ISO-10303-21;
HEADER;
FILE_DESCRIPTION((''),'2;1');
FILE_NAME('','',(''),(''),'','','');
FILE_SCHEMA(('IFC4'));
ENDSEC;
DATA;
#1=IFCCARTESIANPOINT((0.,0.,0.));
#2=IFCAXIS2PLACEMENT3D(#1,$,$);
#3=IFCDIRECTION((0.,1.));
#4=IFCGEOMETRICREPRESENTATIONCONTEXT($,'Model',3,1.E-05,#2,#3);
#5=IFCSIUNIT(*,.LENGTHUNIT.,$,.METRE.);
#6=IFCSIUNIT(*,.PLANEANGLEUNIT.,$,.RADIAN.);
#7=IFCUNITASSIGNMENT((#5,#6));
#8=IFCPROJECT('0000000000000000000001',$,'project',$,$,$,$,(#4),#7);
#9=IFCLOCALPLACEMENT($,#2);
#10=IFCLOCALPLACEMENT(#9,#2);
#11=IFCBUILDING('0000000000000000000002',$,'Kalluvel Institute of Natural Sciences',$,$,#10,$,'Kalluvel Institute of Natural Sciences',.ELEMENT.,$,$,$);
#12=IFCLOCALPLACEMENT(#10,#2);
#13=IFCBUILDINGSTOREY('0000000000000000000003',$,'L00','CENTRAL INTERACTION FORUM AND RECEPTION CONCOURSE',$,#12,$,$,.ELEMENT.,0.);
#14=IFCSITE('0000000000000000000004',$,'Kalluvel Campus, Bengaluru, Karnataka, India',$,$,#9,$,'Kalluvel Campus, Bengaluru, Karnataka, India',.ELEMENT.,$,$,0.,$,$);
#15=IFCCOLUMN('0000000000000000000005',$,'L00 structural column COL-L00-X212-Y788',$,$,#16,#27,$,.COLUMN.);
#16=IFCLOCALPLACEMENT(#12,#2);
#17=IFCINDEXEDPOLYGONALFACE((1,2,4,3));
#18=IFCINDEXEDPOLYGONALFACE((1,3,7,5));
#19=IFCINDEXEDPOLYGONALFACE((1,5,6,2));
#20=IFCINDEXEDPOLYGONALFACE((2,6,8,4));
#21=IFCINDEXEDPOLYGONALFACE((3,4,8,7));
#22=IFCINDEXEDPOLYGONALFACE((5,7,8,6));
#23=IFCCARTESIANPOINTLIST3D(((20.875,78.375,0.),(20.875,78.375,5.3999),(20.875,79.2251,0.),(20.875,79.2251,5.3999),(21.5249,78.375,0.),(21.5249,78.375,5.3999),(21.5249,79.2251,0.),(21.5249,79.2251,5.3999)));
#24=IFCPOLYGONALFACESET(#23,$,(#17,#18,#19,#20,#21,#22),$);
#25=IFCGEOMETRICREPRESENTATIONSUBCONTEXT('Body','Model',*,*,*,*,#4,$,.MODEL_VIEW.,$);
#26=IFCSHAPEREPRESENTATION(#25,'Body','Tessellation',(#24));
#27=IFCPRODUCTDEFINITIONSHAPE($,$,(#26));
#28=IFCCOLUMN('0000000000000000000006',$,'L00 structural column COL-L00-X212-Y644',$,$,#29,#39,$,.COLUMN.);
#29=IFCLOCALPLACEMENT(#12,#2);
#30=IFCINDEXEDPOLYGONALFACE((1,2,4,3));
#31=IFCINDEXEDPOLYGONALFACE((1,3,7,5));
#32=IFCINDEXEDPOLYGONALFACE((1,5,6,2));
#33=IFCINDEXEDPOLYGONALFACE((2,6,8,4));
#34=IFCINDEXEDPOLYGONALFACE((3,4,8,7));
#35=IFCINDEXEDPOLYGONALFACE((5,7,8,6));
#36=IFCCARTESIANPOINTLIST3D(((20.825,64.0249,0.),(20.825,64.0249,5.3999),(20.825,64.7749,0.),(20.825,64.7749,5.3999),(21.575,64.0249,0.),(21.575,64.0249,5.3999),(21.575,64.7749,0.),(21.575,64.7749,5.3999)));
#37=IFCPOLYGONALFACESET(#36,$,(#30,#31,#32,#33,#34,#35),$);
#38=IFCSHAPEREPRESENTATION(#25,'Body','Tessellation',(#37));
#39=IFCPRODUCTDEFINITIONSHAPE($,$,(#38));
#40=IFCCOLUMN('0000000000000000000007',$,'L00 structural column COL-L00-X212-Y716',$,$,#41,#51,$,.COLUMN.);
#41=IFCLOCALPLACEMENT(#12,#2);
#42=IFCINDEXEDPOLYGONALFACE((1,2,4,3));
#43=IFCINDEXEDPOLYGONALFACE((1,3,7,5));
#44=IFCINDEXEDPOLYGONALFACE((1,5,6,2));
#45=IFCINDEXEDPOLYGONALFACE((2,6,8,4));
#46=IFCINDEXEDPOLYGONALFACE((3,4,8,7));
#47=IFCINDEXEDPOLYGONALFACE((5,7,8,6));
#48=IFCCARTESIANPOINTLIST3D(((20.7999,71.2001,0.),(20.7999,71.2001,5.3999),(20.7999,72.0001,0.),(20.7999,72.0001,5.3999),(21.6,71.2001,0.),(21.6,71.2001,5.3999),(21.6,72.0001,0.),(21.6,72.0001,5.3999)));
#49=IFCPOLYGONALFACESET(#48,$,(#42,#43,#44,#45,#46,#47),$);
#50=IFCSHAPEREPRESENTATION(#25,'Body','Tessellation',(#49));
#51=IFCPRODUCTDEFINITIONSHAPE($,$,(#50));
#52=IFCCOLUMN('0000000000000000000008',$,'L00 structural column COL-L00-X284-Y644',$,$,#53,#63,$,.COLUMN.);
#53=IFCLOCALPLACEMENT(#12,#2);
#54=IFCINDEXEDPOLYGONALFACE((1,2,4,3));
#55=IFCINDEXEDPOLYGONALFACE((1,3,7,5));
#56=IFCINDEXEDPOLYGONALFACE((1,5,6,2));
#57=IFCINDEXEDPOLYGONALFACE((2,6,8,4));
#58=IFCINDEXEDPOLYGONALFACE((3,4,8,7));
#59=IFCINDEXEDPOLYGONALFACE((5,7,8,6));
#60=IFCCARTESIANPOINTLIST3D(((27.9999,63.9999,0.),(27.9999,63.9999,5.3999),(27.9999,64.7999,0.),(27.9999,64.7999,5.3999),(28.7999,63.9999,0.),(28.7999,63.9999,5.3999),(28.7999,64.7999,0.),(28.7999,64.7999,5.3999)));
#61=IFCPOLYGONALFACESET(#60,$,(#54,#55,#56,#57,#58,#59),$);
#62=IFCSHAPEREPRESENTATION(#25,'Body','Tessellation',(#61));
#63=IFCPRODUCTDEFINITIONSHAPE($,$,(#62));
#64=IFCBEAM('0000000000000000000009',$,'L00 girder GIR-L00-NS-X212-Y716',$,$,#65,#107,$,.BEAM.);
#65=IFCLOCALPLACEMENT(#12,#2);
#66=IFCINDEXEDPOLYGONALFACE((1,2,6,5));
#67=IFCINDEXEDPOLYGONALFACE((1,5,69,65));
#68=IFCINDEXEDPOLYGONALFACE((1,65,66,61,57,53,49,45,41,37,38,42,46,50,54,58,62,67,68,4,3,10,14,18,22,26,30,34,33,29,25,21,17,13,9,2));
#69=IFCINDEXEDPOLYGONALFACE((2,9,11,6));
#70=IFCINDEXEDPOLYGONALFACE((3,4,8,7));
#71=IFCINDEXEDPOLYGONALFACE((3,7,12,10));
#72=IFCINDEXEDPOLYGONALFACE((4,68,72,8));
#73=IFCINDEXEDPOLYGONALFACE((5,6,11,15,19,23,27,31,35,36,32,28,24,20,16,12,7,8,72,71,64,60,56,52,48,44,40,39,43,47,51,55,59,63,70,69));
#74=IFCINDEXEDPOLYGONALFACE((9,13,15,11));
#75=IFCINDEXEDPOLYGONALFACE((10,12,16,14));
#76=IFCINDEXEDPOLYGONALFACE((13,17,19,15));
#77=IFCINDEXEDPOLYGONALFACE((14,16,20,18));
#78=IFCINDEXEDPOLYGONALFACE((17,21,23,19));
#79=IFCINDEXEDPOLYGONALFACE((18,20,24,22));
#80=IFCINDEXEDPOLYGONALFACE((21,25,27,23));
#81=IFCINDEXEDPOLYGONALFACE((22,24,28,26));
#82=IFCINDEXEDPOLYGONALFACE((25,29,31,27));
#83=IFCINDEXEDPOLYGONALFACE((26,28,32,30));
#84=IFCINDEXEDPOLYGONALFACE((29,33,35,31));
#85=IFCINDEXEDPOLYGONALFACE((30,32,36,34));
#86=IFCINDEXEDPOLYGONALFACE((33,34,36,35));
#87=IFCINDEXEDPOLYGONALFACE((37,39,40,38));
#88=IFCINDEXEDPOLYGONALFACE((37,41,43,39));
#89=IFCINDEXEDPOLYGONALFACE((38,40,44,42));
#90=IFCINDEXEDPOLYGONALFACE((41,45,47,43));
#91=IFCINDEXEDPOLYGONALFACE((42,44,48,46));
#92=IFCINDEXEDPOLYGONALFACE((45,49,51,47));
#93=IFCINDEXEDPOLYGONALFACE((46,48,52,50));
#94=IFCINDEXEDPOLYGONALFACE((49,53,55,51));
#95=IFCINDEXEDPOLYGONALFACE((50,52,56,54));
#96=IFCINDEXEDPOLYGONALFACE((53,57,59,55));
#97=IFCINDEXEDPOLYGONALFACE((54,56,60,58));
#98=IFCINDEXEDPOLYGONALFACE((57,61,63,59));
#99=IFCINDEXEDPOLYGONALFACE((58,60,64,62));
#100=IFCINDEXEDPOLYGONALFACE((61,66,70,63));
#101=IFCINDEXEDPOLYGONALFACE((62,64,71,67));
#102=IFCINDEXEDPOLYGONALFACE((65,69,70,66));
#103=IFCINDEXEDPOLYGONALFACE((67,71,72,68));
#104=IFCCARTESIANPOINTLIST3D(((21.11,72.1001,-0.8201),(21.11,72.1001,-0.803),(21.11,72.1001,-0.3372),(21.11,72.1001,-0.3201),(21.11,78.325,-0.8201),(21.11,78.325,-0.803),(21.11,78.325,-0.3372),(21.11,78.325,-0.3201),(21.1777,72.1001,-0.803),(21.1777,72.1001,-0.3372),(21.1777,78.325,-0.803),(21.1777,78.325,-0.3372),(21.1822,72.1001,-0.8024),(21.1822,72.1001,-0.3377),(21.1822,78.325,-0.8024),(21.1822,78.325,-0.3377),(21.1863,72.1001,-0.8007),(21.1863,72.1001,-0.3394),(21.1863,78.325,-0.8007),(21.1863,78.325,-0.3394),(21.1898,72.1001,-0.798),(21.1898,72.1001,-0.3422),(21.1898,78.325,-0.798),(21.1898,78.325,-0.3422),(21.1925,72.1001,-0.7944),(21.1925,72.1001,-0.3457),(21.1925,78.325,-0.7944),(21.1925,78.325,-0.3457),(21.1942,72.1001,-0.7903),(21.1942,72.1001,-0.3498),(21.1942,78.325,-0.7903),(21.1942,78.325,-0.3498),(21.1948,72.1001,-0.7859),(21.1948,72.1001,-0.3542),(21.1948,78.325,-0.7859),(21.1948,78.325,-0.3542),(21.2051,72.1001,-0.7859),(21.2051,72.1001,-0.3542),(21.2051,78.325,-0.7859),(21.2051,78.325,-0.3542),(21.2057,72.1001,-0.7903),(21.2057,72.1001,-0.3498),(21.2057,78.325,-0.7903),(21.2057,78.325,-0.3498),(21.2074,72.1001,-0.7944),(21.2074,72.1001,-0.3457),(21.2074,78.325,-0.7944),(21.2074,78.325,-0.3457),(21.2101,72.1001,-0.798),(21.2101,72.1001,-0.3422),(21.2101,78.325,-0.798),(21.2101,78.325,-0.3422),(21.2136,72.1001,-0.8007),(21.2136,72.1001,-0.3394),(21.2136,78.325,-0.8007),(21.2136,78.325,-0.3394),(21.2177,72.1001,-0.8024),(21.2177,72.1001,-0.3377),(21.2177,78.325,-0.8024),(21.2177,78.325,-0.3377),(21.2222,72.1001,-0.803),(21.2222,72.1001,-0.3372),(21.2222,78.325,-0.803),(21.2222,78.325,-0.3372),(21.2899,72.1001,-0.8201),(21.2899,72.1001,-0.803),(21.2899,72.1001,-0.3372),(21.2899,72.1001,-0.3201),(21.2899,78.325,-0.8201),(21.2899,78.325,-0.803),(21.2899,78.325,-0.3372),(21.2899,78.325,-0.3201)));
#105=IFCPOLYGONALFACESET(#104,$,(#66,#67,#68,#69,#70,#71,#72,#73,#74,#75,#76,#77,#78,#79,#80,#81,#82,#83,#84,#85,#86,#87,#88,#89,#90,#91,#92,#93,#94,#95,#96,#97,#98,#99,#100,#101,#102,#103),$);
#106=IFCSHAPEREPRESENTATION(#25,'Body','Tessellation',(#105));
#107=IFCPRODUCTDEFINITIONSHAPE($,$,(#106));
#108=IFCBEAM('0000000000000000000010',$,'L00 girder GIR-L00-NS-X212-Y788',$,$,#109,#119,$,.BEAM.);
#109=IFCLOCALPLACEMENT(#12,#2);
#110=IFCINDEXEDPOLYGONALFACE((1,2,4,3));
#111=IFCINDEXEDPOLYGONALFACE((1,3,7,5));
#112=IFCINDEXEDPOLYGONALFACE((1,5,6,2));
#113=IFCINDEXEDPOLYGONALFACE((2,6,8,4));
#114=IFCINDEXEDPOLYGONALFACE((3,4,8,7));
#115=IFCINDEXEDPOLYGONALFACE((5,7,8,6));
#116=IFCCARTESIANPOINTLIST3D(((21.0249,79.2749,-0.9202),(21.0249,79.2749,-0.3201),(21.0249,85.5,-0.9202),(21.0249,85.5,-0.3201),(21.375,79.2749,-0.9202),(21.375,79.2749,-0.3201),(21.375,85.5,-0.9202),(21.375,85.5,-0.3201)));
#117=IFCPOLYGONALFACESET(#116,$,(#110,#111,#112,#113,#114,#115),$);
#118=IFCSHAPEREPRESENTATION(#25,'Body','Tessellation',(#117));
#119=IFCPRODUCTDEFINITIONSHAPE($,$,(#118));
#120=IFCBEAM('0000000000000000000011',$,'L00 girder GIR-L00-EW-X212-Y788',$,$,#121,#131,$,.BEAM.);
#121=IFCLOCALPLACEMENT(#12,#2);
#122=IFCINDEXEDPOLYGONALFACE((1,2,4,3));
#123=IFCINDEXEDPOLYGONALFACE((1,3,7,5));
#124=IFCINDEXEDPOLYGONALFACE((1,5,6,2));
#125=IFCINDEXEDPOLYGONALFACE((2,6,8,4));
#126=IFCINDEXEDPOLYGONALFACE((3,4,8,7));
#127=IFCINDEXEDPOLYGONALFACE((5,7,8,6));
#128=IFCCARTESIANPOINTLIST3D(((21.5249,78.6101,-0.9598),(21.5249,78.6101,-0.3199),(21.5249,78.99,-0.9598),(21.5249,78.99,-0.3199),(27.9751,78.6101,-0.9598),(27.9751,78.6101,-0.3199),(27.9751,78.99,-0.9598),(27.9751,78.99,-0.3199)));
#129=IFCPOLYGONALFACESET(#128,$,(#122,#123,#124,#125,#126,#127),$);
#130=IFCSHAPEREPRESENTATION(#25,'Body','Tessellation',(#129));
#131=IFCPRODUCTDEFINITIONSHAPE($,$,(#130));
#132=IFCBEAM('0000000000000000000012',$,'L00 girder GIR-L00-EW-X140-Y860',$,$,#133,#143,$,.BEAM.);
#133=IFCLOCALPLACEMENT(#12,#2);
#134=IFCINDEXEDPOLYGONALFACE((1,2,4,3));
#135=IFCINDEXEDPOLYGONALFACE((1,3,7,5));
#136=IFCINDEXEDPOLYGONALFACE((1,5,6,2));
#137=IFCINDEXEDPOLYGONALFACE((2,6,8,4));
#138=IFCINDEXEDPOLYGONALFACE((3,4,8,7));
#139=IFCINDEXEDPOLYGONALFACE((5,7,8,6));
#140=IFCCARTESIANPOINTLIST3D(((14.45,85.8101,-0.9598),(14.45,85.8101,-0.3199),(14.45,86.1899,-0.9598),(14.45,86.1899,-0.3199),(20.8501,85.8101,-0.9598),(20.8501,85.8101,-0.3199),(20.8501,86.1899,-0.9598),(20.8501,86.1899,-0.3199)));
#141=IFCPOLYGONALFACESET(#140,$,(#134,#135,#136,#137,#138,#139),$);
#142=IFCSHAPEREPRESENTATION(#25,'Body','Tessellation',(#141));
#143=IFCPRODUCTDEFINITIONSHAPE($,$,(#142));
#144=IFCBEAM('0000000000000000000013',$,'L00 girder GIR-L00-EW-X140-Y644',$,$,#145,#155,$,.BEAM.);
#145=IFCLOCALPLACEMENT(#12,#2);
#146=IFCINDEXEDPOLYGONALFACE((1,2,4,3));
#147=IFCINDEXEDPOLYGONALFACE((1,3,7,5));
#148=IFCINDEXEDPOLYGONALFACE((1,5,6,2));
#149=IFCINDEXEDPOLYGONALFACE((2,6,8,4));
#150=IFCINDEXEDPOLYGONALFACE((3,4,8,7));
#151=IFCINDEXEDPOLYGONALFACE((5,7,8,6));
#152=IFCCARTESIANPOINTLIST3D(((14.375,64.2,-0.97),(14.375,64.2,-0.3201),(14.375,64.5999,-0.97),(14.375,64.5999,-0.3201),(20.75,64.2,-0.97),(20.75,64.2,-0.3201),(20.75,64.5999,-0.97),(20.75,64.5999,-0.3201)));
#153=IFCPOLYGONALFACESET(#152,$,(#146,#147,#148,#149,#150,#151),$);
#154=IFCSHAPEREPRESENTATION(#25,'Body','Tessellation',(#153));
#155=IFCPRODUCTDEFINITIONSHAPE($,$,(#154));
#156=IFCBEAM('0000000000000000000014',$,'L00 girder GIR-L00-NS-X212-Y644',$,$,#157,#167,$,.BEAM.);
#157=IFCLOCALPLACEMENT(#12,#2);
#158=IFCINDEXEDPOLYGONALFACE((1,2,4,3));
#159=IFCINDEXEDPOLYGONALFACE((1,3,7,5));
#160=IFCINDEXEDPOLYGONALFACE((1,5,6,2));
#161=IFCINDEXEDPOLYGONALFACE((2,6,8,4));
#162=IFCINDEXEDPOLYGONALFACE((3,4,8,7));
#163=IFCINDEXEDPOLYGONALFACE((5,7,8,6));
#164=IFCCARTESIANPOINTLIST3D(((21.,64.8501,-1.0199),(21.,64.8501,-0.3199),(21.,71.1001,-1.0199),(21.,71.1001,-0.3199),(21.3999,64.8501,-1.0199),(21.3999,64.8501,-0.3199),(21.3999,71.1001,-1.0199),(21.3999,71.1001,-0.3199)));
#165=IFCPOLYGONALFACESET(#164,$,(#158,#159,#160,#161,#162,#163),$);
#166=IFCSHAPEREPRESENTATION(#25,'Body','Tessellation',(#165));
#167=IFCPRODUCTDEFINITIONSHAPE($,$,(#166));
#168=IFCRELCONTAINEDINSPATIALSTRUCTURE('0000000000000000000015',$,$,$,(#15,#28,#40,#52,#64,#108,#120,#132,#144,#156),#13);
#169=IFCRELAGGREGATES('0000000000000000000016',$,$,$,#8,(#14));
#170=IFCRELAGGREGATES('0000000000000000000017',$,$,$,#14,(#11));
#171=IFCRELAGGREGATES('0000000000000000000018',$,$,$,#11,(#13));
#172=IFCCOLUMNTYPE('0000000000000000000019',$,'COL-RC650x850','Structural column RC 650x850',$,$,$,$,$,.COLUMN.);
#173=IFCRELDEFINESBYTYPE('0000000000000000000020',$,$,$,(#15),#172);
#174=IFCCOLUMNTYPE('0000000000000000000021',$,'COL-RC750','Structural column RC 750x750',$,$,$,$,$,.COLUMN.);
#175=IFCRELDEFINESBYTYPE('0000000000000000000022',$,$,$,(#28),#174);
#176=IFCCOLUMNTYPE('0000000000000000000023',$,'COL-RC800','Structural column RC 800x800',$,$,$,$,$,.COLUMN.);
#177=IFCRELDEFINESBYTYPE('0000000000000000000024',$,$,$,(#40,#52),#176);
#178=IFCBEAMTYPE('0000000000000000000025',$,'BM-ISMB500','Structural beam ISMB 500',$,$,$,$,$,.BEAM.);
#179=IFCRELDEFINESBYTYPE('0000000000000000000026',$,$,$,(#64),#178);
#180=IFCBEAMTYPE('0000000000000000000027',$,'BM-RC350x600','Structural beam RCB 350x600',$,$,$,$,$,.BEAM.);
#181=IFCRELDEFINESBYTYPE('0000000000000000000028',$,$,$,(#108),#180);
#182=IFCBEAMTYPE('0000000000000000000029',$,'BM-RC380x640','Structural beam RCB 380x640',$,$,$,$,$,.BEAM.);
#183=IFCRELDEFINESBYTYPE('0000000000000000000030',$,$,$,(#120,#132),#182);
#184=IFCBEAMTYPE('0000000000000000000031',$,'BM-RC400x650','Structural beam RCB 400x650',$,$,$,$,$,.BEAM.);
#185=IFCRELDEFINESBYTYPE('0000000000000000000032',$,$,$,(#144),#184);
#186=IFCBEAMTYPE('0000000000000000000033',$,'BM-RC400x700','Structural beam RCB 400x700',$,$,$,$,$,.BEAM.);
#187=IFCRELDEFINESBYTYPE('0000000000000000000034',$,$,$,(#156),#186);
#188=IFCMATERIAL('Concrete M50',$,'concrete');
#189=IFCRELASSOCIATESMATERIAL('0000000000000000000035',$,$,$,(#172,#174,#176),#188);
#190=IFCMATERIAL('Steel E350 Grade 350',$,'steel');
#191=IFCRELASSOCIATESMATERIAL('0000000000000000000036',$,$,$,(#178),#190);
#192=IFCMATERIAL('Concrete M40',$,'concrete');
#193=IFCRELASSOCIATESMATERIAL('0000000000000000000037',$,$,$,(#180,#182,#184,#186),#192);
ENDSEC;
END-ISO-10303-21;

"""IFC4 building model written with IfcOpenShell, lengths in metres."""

from ifc_helpers import new_model, si_unit, direction, frame, origin, origin_2d, place, context, subcontext, project, spatial, rectangle, i_section, extrude, material, material_profile, profile_set, type_object, element, save


model = new_model("IFC4")

# Units and contexts
model_context = context("Model", 3, precision=1e-05, world=origin(), true_north=direction((0.0, 1.0)))
body_context = subcontext(model_context, "Body", "Model", "MODEL_VIEW")
ifc_project = project(units=[si_unit("LENGTHUNIT", "METRE"), si_unit("PLANEANGLEUNIT", "RADIAN")], contexts=[model_context])

# Site, building, storey
site_placement = place(None, origin())
site = spatial("IfcSite", under=ifc_project, at=site_placement, Name="Kalluvel Campus, Bengaluru, Karnataka, India", LongName="Kalluvel Campus, Bengaluru, Karnataka, India", CompositionType="ELEMENT", RefElevation=0.0)
building_placement = place(site_placement, origin())
building = spatial("IfcBuilding", under=site, at=building_placement, Name="Kalluvel Institute of Natural Sciences", LongName="Kalluvel Institute of Natural Sciences", CompositionType="ELEMENT")
storey_placement = place(building_placement, origin())
storey = spatial("IfcBuildingStorey", under=building, at=storey_placement, Name="L00", Description="CENTRAL INTERACTION FORUM AND RECEPTION CONCOURSE", CompositionType="ELEMENT", Elevation=0.0)

# Columns
ifc_material_1 = material(Name="Concrete M50", Category="concrete")
ifc_material_profile_1 = material_profile(ifc_material_1, rectangle(XDim=0.6499, YDim=0.8501, at=origin_2d()), Name="RC 650x850")
ifc_profile_set_1 = profile_set([ifc_material_profile_1], Name="Concrete M50")
column_type_1 = type_object("IfcColumnType", Name="COL-RC650x850", Description="Structural column RC 650x850", PredefinedType="COLUMN", material=ifc_profile_set_1)
column_1_placement = place(storey_placement, frame((21.2, 78.8, 0.0), z_axis=(0.0, 0.0, 1.0), x_axis=(1.0, 0.0, 0.0)))
element("IfcColumn", 1, at=column_1_placement, inside=storey, type_object=column_type_1, Name="L00 structural column COL-L00-X212-Y788", PredefinedType="COLUMN", context=body_context, shape_type="SweptSolid", body=[
    extrude(rectangle(XDim=0.6499, YDim=0.8501, at=origin_2d()), origin(), (0.0, 0.0, 1.0), 5.3999),
])
ifc_material_profile_2 = material_profile(ifc_material_1, rectangle(XDim=0.75, YDim=0.75, at=origin_2d()), Name="RC 750x750")
ifc_profile_set_2 = profile_set([ifc_material_profile_2], Name="Concrete M50")
column_type_2 = type_object("IfcColumnType", Name="COL-RC750", Description="Structural column RC 750x750", PredefinedType="COLUMN", material=ifc_profile_set_2)
column_2_placement = place(storey_placement, frame((21.2, 64.3999, 0.0), z_axis=(0.0, 0.0, 1.0), x_axis=(1.0, 0.0, 0.0)))
element("IfcColumn", 2, at=column_2_placement, inside=storey, type_object=column_type_2, Name="L00 structural column COL-L00-X212-Y644", PredefinedType="COLUMN", context=body_context, shape_type="SweptSolid", body=[
    extrude(rectangle(XDim=0.75, YDim=0.75, at=origin_2d()), origin(), (0.0, 0.0, 1.0), 5.3999),
])
ifc_material_profile_3 = material_profile(ifc_material_1, rectangle(XDim=0.8, YDim=0.8, at=origin_2d()), Name="RC 800x800")
ifc_profile_set_3 = profile_set([ifc_material_profile_3], Name="Concrete M50")
column_type_3 = type_object("IfcColumnType", Name="COL-RC800", Description="Structural column RC 800x800", PredefinedType="COLUMN", material=ifc_profile_set_3)
for number, where, z_axis, x_axis, name in (
    (3, (21.2, 71.6001, 0.0), (0.0, 0.0, 1.0), (1.0, 0.0, 0.0), "L00 structural column COL-L00-X212-Y716"),
    (4, (28.3999, 64.3999, 0.0), (0.0, 0.0, 1.0), (1.0, 0.0, 0.0), "L00 structural column COL-L00-X284-Y644"),
):
    element("IfcColumn", number, at=place(storey_placement, frame(where, z_axis=z_axis, x_axis=x_axis)), inside=storey, type_object=column_type_3, Name=name, PredefinedType="COLUMN", context=body_context, shape_type="SweptSolid", body=[
        extrude(rectangle(XDim=0.8, YDim=0.8, at=origin_2d()), origin(), (0.0, 0.0, 1.0), 5.3999),
    ])

# Beams
ifc_material_2 = material(Name="Steel E350 Grade 350", Category="steel")
ifc_material_profile_4 = material_profile(ifc_material_2, i_section(OverallWidth=0.1799, OverallDepth=0.5, WebThickness=0.0103, FlangeThickness=0.0171, FilletRadius=0.0171, at=origin_2d()), Name="ISMB 500")
ifc_profile_set_4 = profile_set([ifc_material_profile_4], Name="Steel E350 Grade 350")
beam_type_1 = type_object("IfcBeamType", Name="BM-ISMB500", Description="Structural beam ISMB 500", PredefinedType="BEAM", material=ifc_profile_set_4)
beam_1_placement = place(storey_placement, frame((21.2, 72.1001, -0.5701), z_axis=(0.0, 1.0, 0.0), x_axis=(-1.0, 0.0, 0.0)))
element("IfcBeam", 5, at=beam_1_placement, inside=storey, type_object=beam_type_1, Name="L00 girder GIR-L00-NS-X212-Y716", PredefinedType="BEAM", context=body_context, shape_type="SweptSolid", body=[
    extrude(i_section(OverallWidth=0.1799, OverallDepth=0.5, WebThickness=0.0103, FlangeThickness=0.0171, FilletRadius=0.0171, at=origin_2d()), origin(), (0.0, 0.0, 1.0), 6.2249),
])
ifc_material_3 = material(Name="Concrete M40", Category="concrete")
ifc_material_profile_5 = material_profile(ifc_material_3, rectangle(XDim=0.3501, YDim=0.6001, at=origin_2d()), Name="RCB 350x600")
ifc_profile_set_5 = profile_set([ifc_material_profile_5], Name="Concrete M40")
beam_type_2 = type_object("IfcBeamType", Name="BM-RC350x600", Description="Structural beam RCB 350x600", PredefinedType="BEAM", material=ifc_profile_set_5)
beam_2_placement = place(storey_placement, frame((21.2, 79.2749, -0.6201), z_axis=(0.0, 1.0, 0.0), x_axis=(-1.0, 0.0, 0.0)))
element("IfcBeam", 6, at=beam_2_placement, inside=storey, type_object=beam_type_2, Name="L00 girder GIR-L00-NS-X212-Y788", PredefinedType="BEAM", context=body_context, shape_type="SweptSolid", body=[
    extrude(rectangle(XDim=0.3501, YDim=0.6001, at=origin_2d()), origin(), (0.0, 0.0, 1.0), 6.2251),
])
ifc_material_profile_6 = material_profile(ifc_material_3, rectangle(XDim=0.3799, YDim=0.6399, at=origin_2d()), Name="RCB 380x640")
ifc_profile_set_6 = profile_set([ifc_material_profile_6], Name="Concrete M40")
beam_type_3 = type_object("IfcBeamType", Name="BM-RC380x640", Description="Structural beam RCB 380x640", PredefinedType="BEAM", material=ifc_profile_set_6)
beam_3_placement = place(storey_placement, frame((21.5249, 78.8, -0.6399), z_axis=(1.0, 0.0, 0.0), x_axis=(0.0, 1.0, 0.0)))
element("IfcBeam", 7, at=beam_3_placement, inside=storey, type_object=beam_type_3, Name="L00 girder GIR-L00-EW-X212-Y788", PredefinedType="BEAM", context=body_context, shape_type="SweptSolid", body=[
    extrude(rectangle(XDim=0.3799, YDim=0.6399, at=origin_2d()), origin(), (0.0, 0.0, 1.0), 6.4502),
])
beam_4_placement = place(storey_placement, frame((14.45, 86.0, -0.6399), z_axis=(1.0, 0.0, 0.0), x_axis=(0.0, 1.0, 0.0)))
element("IfcBeam", 8, at=beam_4_placement, inside=storey, type_object=beam_type_3, Name="L00 girder GIR-L00-EW-X140-Y860", PredefinedType="BEAM", context=body_context, shape_type="SweptSolid", body=[
    extrude(rectangle(XDim=0.3799, YDim=0.6399, at=origin_2d()), origin(), (0.0, 0.0, 1.0), 6.4001),
])
ifc_material_profile_7 = material_profile(ifc_material_3, rectangle(XDim=0.3999, YDim=0.6499, at=origin_2d()), Name="RCB 400x650")
ifc_profile_set_7 = profile_set([ifc_material_profile_7], Name="Concrete M40")
beam_type_4 = type_object("IfcBeamType", Name="BM-RC400x650", Description="Structural beam RCB 400x650", PredefinedType="BEAM", material=ifc_profile_set_7)
beam_5_placement = place(storey_placement, frame((14.375, 64.3999, -0.645), z_axis=(1.0, 0.0, 0.0), x_axis=(0.0, 1.0, 0.0)))
element("IfcBeam", 9, at=beam_5_placement, inside=storey, type_object=beam_type_4, Name="L00 girder GIR-L00-EW-X140-Y644", PredefinedType="BEAM", context=body_context, shape_type="SweptSolid", body=[
    extrude(rectangle(XDim=0.3999, YDim=0.6499, at=origin_2d()), origin(), (0.0, 0.0, 1.0), 6.375),
])
ifc_material_profile_8 = material_profile(ifc_material_3, rectangle(XDim=0.3999, YDim=0.7, at=origin_2d()), Name="RCB 400x700")
ifc_profile_set_8 = profile_set([ifc_material_profile_8], Name="Concrete M40")
beam_type_5 = type_object("IfcBeamType", Name="BM-RC400x700", Description="Structural beam RCB 400x700", PredefinedType="BEAM", material=ifc_profile_set_8)
beam_6_placement = place(storey_placement, frame((21.2, 64.8501, -0.6699), z_axis=(0.0, 1.0, 0.0), x_axis=(-1.0, 0.0, 0.0)))
element("IfcBeam", 10, at=beam_6_placement, inside=storey, type_object=beam_type_5, Name="L00 girder GIR-L00-NS-X212-Y644", PredefinedType="BEAM", context=body_context, shape_type="SweptSolid", body=[
    extrude(rectangle(XDim=0.3999, YDim=0.7, at=origin_2d()), origin(), (0.0, 0.0, 1.0), 6.25),
])

save(model, "model.ifc")
